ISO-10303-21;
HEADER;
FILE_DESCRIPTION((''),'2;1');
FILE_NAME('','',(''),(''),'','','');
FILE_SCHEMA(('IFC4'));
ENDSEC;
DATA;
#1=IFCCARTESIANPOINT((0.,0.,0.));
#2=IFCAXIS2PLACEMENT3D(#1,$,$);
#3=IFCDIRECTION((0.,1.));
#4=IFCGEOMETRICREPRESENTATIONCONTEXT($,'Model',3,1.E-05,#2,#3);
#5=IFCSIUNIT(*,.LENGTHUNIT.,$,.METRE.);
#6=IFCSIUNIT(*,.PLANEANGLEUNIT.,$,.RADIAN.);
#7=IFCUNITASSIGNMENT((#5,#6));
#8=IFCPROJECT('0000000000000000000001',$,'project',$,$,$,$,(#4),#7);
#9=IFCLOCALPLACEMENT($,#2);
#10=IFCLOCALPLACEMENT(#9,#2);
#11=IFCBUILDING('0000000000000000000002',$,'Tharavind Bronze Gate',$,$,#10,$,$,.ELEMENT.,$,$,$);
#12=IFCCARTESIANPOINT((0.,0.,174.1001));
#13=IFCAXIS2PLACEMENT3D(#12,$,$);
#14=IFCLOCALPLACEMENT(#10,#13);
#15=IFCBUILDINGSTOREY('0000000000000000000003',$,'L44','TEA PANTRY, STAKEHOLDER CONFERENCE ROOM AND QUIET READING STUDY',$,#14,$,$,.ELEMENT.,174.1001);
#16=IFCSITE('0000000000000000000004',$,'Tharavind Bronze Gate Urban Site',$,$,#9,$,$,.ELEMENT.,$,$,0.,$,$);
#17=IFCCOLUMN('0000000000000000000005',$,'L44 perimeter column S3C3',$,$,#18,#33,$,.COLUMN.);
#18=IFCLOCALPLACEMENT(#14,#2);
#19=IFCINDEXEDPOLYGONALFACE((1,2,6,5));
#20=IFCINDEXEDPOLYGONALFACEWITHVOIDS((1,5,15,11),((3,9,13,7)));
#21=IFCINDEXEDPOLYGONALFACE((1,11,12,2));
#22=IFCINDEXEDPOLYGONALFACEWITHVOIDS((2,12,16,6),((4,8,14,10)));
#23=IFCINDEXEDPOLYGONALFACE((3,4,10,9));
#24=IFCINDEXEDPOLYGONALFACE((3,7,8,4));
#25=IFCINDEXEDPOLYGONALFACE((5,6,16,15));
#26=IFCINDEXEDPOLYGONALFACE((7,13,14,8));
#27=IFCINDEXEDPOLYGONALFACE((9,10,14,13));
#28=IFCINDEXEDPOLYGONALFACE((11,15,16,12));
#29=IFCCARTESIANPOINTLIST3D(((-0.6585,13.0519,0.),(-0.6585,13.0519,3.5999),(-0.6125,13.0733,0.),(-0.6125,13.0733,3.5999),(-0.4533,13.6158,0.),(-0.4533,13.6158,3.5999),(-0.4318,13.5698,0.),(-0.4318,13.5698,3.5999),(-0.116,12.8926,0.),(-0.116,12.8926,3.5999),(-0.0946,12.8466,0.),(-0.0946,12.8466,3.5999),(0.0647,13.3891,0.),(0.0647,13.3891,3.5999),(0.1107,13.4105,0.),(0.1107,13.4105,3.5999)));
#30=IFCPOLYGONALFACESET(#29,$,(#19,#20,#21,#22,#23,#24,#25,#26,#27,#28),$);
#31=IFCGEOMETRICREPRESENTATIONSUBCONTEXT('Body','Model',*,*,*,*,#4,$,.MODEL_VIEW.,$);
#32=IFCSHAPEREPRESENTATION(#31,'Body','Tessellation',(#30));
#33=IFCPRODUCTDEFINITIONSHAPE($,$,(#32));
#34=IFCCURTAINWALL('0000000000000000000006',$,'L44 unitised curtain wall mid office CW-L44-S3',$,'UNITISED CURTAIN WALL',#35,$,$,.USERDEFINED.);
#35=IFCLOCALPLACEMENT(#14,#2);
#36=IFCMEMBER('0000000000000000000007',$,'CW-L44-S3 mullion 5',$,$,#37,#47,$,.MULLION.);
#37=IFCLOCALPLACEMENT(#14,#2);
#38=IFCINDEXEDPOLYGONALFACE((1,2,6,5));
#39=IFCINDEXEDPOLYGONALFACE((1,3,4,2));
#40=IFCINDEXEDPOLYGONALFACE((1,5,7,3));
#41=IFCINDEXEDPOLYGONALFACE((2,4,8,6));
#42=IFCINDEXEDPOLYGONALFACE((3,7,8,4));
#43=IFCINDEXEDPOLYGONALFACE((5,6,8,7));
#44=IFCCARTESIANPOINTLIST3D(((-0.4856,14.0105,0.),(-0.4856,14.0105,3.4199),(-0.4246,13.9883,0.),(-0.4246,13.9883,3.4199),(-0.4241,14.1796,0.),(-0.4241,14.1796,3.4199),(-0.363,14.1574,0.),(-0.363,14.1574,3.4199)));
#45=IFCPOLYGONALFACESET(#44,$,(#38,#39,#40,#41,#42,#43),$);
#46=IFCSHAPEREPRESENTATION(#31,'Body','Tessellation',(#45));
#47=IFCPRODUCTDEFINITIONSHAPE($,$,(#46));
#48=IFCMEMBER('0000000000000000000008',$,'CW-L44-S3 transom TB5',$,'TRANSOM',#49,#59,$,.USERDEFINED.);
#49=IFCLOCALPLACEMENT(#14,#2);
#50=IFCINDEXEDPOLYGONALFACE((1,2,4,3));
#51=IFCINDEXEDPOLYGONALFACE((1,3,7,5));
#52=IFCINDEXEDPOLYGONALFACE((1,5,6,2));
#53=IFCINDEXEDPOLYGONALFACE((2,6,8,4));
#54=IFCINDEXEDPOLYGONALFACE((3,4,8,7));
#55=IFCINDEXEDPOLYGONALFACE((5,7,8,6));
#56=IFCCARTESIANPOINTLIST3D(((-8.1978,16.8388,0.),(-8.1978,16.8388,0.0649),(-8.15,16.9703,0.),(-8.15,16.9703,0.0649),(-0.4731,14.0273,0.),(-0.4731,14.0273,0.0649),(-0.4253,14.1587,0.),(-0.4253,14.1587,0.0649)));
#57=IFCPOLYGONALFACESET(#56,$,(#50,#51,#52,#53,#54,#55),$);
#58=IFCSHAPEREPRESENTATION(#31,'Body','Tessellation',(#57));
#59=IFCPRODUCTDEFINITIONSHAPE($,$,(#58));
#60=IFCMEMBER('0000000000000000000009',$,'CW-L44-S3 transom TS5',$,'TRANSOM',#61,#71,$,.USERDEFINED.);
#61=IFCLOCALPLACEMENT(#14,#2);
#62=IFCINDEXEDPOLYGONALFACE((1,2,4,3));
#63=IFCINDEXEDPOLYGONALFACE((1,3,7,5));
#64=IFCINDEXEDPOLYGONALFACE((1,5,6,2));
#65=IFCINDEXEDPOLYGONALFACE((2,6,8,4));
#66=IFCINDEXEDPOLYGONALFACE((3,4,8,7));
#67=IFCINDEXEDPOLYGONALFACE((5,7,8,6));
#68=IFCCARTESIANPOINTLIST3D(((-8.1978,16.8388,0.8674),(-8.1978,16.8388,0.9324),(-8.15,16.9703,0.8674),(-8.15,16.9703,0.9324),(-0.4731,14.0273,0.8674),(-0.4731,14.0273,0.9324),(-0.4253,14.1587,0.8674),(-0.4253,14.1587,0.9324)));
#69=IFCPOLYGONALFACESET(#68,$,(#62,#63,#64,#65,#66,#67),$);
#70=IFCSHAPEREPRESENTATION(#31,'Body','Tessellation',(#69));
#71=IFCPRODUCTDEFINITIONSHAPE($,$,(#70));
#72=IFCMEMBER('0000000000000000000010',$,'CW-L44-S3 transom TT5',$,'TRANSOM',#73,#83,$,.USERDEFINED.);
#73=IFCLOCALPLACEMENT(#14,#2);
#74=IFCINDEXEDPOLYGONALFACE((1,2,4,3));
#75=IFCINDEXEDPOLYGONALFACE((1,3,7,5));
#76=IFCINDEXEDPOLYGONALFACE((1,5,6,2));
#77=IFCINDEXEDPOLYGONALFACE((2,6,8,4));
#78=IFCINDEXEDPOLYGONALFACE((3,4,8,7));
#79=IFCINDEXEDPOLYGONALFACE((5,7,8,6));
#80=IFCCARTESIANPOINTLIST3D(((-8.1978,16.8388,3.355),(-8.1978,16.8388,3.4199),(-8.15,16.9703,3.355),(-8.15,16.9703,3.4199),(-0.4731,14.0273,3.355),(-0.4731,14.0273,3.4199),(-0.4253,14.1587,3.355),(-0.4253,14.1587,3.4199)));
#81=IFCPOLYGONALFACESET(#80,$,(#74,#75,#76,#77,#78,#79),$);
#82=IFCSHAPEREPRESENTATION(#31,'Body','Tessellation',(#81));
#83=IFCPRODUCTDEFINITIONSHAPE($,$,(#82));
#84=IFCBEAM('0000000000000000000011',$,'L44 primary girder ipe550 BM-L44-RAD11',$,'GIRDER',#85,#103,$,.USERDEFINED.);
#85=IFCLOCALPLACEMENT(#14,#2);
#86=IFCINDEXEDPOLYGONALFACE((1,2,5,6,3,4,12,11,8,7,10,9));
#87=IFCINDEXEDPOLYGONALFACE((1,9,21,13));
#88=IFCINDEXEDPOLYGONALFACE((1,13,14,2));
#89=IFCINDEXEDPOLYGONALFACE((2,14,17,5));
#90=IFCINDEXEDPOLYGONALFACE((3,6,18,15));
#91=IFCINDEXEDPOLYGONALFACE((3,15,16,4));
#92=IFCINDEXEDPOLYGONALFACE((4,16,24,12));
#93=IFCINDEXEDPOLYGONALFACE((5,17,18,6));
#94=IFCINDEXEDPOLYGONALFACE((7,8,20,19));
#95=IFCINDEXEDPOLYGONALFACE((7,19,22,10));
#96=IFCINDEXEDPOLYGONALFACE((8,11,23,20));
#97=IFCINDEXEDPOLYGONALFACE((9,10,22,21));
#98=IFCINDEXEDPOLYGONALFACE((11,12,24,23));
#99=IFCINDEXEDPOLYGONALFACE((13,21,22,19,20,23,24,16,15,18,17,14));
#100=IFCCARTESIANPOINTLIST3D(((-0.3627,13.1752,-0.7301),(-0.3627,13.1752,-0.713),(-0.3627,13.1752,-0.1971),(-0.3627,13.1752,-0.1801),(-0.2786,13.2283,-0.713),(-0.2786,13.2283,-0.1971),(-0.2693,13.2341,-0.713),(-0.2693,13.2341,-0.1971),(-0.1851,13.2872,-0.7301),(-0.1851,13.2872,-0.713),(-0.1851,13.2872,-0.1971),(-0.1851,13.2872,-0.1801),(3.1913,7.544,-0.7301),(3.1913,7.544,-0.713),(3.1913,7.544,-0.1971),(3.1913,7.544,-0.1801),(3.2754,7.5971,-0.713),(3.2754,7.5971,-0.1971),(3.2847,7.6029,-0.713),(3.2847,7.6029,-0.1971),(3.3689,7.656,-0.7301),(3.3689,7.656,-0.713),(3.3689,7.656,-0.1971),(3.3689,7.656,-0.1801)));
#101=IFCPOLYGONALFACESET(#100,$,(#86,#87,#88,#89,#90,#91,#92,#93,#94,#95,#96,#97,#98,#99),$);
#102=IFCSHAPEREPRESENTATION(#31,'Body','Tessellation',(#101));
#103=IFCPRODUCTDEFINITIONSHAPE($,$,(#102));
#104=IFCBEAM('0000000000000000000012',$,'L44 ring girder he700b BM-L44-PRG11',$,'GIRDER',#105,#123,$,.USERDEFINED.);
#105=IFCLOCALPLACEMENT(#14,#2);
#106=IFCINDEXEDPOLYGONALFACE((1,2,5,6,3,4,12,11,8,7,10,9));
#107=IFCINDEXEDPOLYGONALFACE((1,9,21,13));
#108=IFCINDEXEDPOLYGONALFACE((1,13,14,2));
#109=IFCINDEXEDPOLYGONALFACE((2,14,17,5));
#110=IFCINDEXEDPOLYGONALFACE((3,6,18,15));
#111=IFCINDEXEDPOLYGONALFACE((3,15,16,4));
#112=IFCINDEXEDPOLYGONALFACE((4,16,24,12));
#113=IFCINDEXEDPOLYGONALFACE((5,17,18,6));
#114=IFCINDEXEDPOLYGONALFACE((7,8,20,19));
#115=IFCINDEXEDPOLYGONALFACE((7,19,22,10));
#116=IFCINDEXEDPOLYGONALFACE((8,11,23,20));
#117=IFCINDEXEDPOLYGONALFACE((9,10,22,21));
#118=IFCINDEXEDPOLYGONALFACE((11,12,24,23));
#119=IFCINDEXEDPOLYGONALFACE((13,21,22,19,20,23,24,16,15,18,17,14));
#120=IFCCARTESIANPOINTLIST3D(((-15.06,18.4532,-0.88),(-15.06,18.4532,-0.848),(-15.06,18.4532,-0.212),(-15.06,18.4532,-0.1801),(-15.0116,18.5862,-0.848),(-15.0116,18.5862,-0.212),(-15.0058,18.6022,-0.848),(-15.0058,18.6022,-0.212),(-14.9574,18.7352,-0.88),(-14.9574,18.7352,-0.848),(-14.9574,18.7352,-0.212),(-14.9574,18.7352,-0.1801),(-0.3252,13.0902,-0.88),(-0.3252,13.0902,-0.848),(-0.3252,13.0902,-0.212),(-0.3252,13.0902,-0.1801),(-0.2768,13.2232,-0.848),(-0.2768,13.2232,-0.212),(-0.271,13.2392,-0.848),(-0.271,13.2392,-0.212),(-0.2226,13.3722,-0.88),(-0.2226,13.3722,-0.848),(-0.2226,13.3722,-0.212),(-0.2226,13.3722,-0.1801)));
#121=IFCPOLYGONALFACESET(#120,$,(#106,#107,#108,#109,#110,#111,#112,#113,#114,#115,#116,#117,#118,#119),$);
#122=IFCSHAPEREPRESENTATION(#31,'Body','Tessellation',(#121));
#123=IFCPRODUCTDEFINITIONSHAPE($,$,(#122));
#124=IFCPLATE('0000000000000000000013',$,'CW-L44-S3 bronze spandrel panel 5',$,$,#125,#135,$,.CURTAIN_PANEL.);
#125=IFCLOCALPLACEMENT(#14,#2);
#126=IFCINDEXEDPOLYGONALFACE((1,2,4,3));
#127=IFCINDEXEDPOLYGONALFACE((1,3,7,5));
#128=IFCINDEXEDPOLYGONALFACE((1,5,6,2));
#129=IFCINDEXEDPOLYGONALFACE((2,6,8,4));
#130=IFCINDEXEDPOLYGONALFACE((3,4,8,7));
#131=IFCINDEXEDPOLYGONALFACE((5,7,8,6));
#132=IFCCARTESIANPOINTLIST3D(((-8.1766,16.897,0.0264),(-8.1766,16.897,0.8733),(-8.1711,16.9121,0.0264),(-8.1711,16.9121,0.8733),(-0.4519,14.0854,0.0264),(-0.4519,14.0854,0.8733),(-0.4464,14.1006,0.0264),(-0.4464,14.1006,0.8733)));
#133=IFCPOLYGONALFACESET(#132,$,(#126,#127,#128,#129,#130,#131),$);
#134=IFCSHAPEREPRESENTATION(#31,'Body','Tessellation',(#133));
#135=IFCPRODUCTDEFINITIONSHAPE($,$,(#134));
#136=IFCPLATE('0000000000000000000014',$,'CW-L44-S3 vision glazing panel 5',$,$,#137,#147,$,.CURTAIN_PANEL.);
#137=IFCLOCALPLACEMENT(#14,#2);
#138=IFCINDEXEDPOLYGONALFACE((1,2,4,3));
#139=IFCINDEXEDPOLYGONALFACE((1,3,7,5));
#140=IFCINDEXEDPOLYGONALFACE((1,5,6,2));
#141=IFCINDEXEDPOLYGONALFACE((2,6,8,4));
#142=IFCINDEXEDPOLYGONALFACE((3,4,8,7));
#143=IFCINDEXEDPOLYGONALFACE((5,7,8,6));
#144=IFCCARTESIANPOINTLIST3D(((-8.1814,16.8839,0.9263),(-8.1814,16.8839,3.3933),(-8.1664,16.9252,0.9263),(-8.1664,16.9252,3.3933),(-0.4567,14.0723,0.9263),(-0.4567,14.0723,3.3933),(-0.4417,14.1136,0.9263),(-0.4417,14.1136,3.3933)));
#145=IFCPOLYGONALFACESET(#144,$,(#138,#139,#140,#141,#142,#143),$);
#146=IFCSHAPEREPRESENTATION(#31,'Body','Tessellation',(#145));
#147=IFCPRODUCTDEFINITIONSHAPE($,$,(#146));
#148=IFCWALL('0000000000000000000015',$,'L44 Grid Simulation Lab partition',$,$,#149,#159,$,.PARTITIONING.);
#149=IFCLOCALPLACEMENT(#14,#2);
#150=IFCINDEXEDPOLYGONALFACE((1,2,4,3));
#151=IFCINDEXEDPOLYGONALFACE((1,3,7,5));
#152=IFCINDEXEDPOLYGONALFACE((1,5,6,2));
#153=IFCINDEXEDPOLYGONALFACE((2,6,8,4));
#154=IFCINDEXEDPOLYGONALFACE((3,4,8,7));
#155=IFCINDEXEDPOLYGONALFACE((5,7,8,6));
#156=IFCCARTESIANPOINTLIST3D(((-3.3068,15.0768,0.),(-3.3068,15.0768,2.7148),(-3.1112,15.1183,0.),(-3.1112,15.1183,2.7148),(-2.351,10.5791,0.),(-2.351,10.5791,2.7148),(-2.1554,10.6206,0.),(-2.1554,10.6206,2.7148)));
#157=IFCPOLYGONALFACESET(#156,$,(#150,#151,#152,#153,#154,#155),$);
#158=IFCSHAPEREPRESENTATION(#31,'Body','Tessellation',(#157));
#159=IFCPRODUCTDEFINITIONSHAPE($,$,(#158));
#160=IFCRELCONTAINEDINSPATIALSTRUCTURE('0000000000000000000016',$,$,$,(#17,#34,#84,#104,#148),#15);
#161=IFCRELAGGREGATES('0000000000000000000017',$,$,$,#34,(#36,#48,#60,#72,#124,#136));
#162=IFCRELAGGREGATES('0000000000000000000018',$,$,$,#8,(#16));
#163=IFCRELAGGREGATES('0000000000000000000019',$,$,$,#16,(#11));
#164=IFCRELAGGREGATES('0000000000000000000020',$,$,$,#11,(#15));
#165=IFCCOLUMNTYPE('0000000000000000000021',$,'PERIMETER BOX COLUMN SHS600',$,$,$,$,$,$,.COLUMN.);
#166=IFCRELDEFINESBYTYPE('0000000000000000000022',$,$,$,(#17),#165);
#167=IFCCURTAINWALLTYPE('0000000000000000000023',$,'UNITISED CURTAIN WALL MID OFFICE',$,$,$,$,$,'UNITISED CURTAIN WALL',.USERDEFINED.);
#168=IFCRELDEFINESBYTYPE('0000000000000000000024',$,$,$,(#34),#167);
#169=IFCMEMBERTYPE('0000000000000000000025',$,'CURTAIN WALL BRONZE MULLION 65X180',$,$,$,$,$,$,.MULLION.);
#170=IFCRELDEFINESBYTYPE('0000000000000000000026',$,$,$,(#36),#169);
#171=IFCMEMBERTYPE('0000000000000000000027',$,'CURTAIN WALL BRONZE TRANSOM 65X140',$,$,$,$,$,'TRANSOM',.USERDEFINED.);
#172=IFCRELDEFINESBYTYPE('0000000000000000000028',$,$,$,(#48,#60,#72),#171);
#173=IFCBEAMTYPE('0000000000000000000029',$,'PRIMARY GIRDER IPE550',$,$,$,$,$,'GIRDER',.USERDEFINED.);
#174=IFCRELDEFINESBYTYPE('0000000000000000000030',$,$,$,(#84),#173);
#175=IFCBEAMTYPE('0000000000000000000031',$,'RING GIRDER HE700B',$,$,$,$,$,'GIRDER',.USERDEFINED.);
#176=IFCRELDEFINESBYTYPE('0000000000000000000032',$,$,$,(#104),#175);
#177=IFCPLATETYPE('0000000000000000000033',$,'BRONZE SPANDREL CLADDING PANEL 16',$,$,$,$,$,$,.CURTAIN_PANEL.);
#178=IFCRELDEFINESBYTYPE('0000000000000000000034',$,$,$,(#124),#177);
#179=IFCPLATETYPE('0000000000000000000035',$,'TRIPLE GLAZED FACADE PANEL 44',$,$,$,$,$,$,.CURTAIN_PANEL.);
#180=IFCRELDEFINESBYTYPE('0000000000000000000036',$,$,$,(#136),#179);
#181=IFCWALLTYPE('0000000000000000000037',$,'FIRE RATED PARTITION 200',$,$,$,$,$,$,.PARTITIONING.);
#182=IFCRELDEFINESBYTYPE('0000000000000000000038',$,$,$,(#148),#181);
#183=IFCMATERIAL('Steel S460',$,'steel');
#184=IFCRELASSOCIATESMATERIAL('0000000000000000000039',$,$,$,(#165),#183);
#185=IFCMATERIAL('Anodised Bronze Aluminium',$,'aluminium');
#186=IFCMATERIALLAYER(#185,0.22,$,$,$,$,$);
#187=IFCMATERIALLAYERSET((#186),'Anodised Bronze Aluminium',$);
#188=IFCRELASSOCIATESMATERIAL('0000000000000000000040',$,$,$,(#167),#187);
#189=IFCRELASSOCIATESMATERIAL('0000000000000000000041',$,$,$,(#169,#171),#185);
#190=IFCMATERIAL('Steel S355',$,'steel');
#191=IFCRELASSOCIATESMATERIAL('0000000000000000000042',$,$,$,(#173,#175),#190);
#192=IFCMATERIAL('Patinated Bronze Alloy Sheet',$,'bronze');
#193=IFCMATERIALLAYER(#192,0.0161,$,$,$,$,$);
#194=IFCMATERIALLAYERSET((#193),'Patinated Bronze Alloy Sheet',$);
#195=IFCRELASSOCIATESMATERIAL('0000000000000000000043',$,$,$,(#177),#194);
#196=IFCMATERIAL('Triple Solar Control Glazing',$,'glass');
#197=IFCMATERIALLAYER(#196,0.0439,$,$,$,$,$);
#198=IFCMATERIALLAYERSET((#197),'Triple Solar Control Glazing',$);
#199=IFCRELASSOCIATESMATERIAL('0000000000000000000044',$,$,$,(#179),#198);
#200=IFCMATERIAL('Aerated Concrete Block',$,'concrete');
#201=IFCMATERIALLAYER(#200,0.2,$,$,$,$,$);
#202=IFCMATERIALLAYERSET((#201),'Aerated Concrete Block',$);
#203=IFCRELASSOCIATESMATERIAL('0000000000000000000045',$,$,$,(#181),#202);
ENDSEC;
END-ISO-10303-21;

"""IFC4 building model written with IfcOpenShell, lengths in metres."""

from ifc_helpers import new_model, si_unit, direction, frame, frame_2d, origin, origin_2d, place, context, subcontext, project, spatial, rectangle, hollow_rectangle, i_section, extrude, material, layer, layer_set, material_profile, profile_set, type_object, element, aggregate, save


model = new_model("IFC4")

# Units and contexts
model_context = context("Model", 3, precision=1e-05, world=origin(), true_north=direction((0.0, 1.0)))
body_context = subcontext(model_context, "Body", "Model", "MODEL_VIEW")
ifc_project = project(units=[si_unit("LENGTHUNIT", "METRE"), si_unit("PLANEANGLEUNIT", "RADIAN")], contexts=[model_context])

# Site, building, storey
site_placement = place(None, origin())
site = spatial("IfcSite", under=ifc_project, at=site_placement, Name="Tharavind Bronze Gate Urban Site", CompositionType="ELEMENT", RefElevation=0.0)
building_placement = place(site_placement, origin())
building = spatial("IfcBuilding", under=site, at=building_placement, Name="Tharavind Bronze Gate", CompositionType="ELEMENT")
storey_placement = place(building_placement, frame((0.0, 0.0, 174.1001)))
storey = spatial("IfcBuildingStorey", under=building, at=storey_placement, Name="L44", Description="TEA PANTRY, STAKEHOLDER CONFERENCE ROOM AND QUIET READING STUDY", CompositionType="ELEMENT", Elevation=174.1001)

# Column
ifc_material_1 = material(Name="Steel S460", Category="steel")
ifc_material_profile_1 = material_profile(ifc_material_1, hollow_rectangle(XDim=0.6001, YDim=0.6001, WallThickness=0.0359, at=origin_2d()), Name="SHS600X36")
ifc_profile_set_1 = profile_set([ifc_material_profile_1], Name="Steel S460")
column_type = type_object("IfcColumnType", Name="PERIMETER BOX COLUMN SHS600", PredefinedType="COLUMN", material=ifc_profile_set_1)
column_placement = place(storey_placement, frame((-0.2739, 13.2312, 0.0), z_axis=(0.0, 0.0, 1.0), x_axis=(-0.939692, 0.342022, 0.0)))
element("IfcColumn", 1, at=column_placement, inside=storey, type_object=column_type, Name="L44 perimeter column S3C3", PredefinedType="COLUMN", context=body_context, shape_type="SweptSolid", body=[
    extrude(hollow_rectangle(XDim=0.6001, YDim=0.6001, WallThickness=0.0359, at=origin_2d()), origin(), (0.0, 0.0, 1.0), 3.5999),
])

# Curtain wall, members
ifc_material_2 = material(Name="Anodised Bronze Aluminium", Category="aluminium")
ifc_layer_1 = layer(ifc_material_2, 0.22)
ifc_layer_set_1 = layer_set([ifc_layer_1], Name="Anodised Bronze Aluminium")
curtain_wall_type = type_object("IfcCurtainWallType", Name="UNITISED CURTAIN WALL MID OFFICE", ElementType="UNITISED CURTAIN WALL", PredefinedType="USERDEFINED", material=ifc_layer_set_1)
curtain_wall_placement = place(storey_placement, origin())
curtain_wall = element("IfcCurtainWall", 2, at=curtain_wall_placement, inside=storey, type_object=curtain_wall_type, Name="L44 unitised curtain wall mid office CW-L44-S3", ObjectType="UNITISED CURTAIN WALL", PredefinedType="USERDEFINED")
member_type_1 = type_object("IfcMemberType", Name="CURTAIN WALL BRONZE MULLION 65X180", PredefinedType="MULLION", material=ifc_material_2)
member_1_placement = place(storey_placement, frame((-0.4243, 14.084, 0.0), z_axis=(0.0, 0.0, 1.0), x_axis=(-0.939692, 0.342022, 0.0)))
member_1 = element("IfcMember", 3, at=member_1_placement, type_object=member_type_1, Name="CW-L44-S3 mullion 5", PredefinedType="MULLION", context=body_context, shape_type="SweptSolid", body=[
    extrude(rectangle(XDim=0.0649, YDim=0.1799, at=origin_2d()), origin(), (0.0, 0.0, 1.0), 3.4199),
])
member_type_2 = type_object("IfcMemberType", Name="CURTAIN WALL BRONZE TRANSOM 65X140", ElementType="TRANSOM", PredefinedType="USERDEFINED", material=ifc_material_2)
member_2_placement = place(storey_placement, frame((-4.3115, 15.4988, 0.0), z_axis=(0.0, 0.0, 1.0), x_axis=(-0.939692, 0.342022, 0.0)))
member_2 = element("IfcMember", 4, at=member_2_placement, type_object=member_type_2, Name="CW-L44-S3 transom TB5", ObjectType="TRANSOM", PredefinedType="USERDEFINED", context=body_context, shape_type="SweptSolid", body=[
    extrude(rectangle(XDim=8.2205, YDim=0.1399, at=origin_2d()), origin(), (0.0, 0.0, 1.0), 0.0649),
])
member_3_placement = place(storey_placement, frame((-4.3115, 15.4988, 0.8674), z_axis=(0.0, 0.0, 1.0), x_axis=(-0.939692, 0.342022, 0.0)))
member_3 = element("IfcMember", 5, at=member_3_placement, type_object=member_type_2, Name="CW-L44-S3 transom TS5", ObjectType="TRANSOM", PredefinedType="USERDEFINED", context=body_context, shape_type="SweptSolid", body=[
    extrude(rectangle(XDim=8.2205, YDim=0.1399, at=origin_2d()), origin(), (0.0, 0.0, 1.0), 0.0649),
])
member_4_placement = place(storey_placement, frame((-4.3115, 15.4988, 3.355), z_axis=(0.0, 0.0, 1.0), x_axis=(-0.939692, 0.342022, 0.0)))
member_4 = element("IfcMember", 6, at=member_4_placement, type_object=member_type_2, Name="CW-L44-S3 transom TT5", ObjectType="TRANSOM", PredefinedType="USERDEFINED", context=body_context, shape_type="SweptSolid", body=[
    extrude(rectangle(XDim=8.2205, YDim=0.1399, at=origin_2d()), origin(), (0.0, 0.0, 1.0), 0.0649),
])

# Beams
ifc_material_3 = material(Name="Steel S355", Category="steel")
ifc_material_profile_2 = material_profile(ifc_material_3, i_section(OverallWidth=0.21, OverallDepth=0.55, WebThickness=0.011, FlangeThickness=0.0171, at=origin_2d()), Name="IPE550")
ifc_profile_set_2 = profile_set([ifc_material_profile_2], Name="Steel S355")
beam_type_1 = type_object("IfcBeamType", Name="PRIMARY GIRDER IPE550", ElementType="GIRDER", PredefinedType="USERDEFINED", material=ifc_profile_set_2)
beam_1_placement = place(storey_placement, frame((-0.2739, 13.2312, -0.4551), z_axis=(0.533721, -0.84566, 0.0), x_axis=(0.84566, 0.533721, 0.0)))
element("IfcBeam", 7, at=beam_1_placement, inside=storey, type_object=beam_type_1, Name="L44 primary girder ipe550 BM-L44-RAD11", ObjectType="GIRDER", PredefinedType="USERDEFINED", context=body_context, shape_type="SweptSolid", body=[
    extrude(i_section(OverallWidth=0.21, OverallDepth=0.55, WebThickness=0.011, FlangeThickness=0.0171, at=origin_2d()), origin(), (0.0, 0.0, 1.0), 6.6589),
])
ifc_material_profile_3 = material_profile(ifc_material_3, i_section(OverallWidth=0.3, OverallDepth=0.7, WebThickness=0.0171, FlangeThickness=0.032, at=origin_2d()), Name="HE700B")
ifc_profile_set_3 = profile_set([ifc_material_profile_3], Name="Steel S355")
beam_type_2 = type_object("IfcBeamType", Name="RING GIRDER HE700B", ElementType="GIRDER", PredefinedType="USERDEFINED", material=ifc_profile_set_3)
beam_2_placement = place(storey_placement, frame((-0.2739, 13.2312, -0.53), z_axis=(-0.939693, 0.342019, 0.0), x_axis=(-0.342019, -0.939693, 0.0)))
element("IfcBeam", 8, at=beam_2_placement, inside=storey, type_object=beam_type_2, Name="L44 ring girder he700b BM-L44-PRG11", ObjectType="GIRDER", PredefinedType="USERDEFINED", context=body_context, shape_type="SweptSolid", body=[
    extrude(i_section(OverallWidth=0.3, OverallDepth=0.7, WebThickness=0.0171, FlangeThickness=0.032, at=origin_2d()), origin(), (0.0, 0.0, 1.0), 15.6804),
])

# Plates
ifc_material_4 = material(Name="Patinated Bronze Alloy Sheet", Category="bronze")
ifc_layer_2 = layer(ifc_material_4, 0.0161)
ifc_layer_set_2 = layer_set([ifc_layer_2], Name="Patinated Bronze Alloy Sheet")
plate_type_1 = type_object("IfcPlateType", Name="BRONZE SPANDREL CLADDING PANEL 16", PredefinedType="CURTAIN_PANEL", material=ifc_layer_set_2)
plate_1_placement = place(storey_placement, frame((-4.3115, 15.4988, 0.0264), z_axis=(0.0, 0.0, 1.0), x_axis=(-0.939692, 0.342022, 0.0)))
plate_1 = element("IfcPlate", 9, at=plate_1_placement, type_object=plate_type_1, Name="CW-L44-S3 bronze spandrel panel 5", PredefinedType="CURTAIN_PANEL", context=body_context, shape_type="SweptSolid", body=[
    extrude(rectangle(XDim=8.2205, YDim=0.0161, at=origin_2d()), origin(), (0.0, 0.0, 1.0), 0.8469),
])
ifc_material_5 = material(Name="Triple Solar Control Glazing", Category="glass")
ifc_layer_3 = layer(ifc_material_5, 0.0439)
ifc_layer_set_3 = layer_set([ifc_layer_3], Name="Triple Solar Control Glazing")
plate_type_2 = type_object("IfcPlateType", Name="TRIPLE GLAZED FACADE PANEL 44", PredefinedType="CURTAIN_PANEL", material=ifc_layer_set_3)
plate_2_placement = place(storey_placement, frame((-4.3115, 15.4988, 0.9263), z_axis=(0.0, 0.0, 1.0), x_axis=(-0.939692, 0.342022, 0.0)))
plate_2 = element("IfcPlate", 10, at=plate_2_placement, type_object=plate_type_2, Name="CW-L44-S3 vision glazing panel 5", PredefinedType="CURTAIN_PANEL", context=body_context, shape_type="SweptSolid", body=[
    extrude(rectangle(XDim=8.2205, YDim=0.0439, at=origin_2d()), origin(), (0.0, 0.0, 1.0), 2.467),
])
aggregate(curtain_wall, [member_1, member_2, member_3, member_4, plate_1, plate_2])

# Wall
ifc_material_6 = material(Name="Aerated Concrete Block", Category="concrete")
ifc_layer_4 = layer(ifc_material_6, 0.2)
ifc_layer_set_4 = layer_set([ifc_layer_4], Name="Aerated Concrete Block")
wall_type_1 = type_object("IfcWallType", Name="FIRE RATED PARTITION 200", PredefinedType="PARTITIONING", material=ifc_layer_set_4)
wall_1_placement = place(storey_placement, frame((-2.2532, 10.5999, 0.0), z_axis=(0.0, 0.0, 1.0), x_axis=(-0.207864, 0.978158, 0.0)))
element("IfcWall", 11, at=wall_1_placement, inside=storey, type_object=wall_type_1, Name="L44 Grid Simulation Lab partition", PredefinedType="PARTITIONING", context=body_context, shape_type="SweptSolid", body=[
    extrude(rectangle(XDim=4.5981, YDim=0.2, at=frame_2d((2.2991, 0.0))), origin(), (0.0, 0.0, 1.0), 2.7148),
])

save(model, "model.ifc")
